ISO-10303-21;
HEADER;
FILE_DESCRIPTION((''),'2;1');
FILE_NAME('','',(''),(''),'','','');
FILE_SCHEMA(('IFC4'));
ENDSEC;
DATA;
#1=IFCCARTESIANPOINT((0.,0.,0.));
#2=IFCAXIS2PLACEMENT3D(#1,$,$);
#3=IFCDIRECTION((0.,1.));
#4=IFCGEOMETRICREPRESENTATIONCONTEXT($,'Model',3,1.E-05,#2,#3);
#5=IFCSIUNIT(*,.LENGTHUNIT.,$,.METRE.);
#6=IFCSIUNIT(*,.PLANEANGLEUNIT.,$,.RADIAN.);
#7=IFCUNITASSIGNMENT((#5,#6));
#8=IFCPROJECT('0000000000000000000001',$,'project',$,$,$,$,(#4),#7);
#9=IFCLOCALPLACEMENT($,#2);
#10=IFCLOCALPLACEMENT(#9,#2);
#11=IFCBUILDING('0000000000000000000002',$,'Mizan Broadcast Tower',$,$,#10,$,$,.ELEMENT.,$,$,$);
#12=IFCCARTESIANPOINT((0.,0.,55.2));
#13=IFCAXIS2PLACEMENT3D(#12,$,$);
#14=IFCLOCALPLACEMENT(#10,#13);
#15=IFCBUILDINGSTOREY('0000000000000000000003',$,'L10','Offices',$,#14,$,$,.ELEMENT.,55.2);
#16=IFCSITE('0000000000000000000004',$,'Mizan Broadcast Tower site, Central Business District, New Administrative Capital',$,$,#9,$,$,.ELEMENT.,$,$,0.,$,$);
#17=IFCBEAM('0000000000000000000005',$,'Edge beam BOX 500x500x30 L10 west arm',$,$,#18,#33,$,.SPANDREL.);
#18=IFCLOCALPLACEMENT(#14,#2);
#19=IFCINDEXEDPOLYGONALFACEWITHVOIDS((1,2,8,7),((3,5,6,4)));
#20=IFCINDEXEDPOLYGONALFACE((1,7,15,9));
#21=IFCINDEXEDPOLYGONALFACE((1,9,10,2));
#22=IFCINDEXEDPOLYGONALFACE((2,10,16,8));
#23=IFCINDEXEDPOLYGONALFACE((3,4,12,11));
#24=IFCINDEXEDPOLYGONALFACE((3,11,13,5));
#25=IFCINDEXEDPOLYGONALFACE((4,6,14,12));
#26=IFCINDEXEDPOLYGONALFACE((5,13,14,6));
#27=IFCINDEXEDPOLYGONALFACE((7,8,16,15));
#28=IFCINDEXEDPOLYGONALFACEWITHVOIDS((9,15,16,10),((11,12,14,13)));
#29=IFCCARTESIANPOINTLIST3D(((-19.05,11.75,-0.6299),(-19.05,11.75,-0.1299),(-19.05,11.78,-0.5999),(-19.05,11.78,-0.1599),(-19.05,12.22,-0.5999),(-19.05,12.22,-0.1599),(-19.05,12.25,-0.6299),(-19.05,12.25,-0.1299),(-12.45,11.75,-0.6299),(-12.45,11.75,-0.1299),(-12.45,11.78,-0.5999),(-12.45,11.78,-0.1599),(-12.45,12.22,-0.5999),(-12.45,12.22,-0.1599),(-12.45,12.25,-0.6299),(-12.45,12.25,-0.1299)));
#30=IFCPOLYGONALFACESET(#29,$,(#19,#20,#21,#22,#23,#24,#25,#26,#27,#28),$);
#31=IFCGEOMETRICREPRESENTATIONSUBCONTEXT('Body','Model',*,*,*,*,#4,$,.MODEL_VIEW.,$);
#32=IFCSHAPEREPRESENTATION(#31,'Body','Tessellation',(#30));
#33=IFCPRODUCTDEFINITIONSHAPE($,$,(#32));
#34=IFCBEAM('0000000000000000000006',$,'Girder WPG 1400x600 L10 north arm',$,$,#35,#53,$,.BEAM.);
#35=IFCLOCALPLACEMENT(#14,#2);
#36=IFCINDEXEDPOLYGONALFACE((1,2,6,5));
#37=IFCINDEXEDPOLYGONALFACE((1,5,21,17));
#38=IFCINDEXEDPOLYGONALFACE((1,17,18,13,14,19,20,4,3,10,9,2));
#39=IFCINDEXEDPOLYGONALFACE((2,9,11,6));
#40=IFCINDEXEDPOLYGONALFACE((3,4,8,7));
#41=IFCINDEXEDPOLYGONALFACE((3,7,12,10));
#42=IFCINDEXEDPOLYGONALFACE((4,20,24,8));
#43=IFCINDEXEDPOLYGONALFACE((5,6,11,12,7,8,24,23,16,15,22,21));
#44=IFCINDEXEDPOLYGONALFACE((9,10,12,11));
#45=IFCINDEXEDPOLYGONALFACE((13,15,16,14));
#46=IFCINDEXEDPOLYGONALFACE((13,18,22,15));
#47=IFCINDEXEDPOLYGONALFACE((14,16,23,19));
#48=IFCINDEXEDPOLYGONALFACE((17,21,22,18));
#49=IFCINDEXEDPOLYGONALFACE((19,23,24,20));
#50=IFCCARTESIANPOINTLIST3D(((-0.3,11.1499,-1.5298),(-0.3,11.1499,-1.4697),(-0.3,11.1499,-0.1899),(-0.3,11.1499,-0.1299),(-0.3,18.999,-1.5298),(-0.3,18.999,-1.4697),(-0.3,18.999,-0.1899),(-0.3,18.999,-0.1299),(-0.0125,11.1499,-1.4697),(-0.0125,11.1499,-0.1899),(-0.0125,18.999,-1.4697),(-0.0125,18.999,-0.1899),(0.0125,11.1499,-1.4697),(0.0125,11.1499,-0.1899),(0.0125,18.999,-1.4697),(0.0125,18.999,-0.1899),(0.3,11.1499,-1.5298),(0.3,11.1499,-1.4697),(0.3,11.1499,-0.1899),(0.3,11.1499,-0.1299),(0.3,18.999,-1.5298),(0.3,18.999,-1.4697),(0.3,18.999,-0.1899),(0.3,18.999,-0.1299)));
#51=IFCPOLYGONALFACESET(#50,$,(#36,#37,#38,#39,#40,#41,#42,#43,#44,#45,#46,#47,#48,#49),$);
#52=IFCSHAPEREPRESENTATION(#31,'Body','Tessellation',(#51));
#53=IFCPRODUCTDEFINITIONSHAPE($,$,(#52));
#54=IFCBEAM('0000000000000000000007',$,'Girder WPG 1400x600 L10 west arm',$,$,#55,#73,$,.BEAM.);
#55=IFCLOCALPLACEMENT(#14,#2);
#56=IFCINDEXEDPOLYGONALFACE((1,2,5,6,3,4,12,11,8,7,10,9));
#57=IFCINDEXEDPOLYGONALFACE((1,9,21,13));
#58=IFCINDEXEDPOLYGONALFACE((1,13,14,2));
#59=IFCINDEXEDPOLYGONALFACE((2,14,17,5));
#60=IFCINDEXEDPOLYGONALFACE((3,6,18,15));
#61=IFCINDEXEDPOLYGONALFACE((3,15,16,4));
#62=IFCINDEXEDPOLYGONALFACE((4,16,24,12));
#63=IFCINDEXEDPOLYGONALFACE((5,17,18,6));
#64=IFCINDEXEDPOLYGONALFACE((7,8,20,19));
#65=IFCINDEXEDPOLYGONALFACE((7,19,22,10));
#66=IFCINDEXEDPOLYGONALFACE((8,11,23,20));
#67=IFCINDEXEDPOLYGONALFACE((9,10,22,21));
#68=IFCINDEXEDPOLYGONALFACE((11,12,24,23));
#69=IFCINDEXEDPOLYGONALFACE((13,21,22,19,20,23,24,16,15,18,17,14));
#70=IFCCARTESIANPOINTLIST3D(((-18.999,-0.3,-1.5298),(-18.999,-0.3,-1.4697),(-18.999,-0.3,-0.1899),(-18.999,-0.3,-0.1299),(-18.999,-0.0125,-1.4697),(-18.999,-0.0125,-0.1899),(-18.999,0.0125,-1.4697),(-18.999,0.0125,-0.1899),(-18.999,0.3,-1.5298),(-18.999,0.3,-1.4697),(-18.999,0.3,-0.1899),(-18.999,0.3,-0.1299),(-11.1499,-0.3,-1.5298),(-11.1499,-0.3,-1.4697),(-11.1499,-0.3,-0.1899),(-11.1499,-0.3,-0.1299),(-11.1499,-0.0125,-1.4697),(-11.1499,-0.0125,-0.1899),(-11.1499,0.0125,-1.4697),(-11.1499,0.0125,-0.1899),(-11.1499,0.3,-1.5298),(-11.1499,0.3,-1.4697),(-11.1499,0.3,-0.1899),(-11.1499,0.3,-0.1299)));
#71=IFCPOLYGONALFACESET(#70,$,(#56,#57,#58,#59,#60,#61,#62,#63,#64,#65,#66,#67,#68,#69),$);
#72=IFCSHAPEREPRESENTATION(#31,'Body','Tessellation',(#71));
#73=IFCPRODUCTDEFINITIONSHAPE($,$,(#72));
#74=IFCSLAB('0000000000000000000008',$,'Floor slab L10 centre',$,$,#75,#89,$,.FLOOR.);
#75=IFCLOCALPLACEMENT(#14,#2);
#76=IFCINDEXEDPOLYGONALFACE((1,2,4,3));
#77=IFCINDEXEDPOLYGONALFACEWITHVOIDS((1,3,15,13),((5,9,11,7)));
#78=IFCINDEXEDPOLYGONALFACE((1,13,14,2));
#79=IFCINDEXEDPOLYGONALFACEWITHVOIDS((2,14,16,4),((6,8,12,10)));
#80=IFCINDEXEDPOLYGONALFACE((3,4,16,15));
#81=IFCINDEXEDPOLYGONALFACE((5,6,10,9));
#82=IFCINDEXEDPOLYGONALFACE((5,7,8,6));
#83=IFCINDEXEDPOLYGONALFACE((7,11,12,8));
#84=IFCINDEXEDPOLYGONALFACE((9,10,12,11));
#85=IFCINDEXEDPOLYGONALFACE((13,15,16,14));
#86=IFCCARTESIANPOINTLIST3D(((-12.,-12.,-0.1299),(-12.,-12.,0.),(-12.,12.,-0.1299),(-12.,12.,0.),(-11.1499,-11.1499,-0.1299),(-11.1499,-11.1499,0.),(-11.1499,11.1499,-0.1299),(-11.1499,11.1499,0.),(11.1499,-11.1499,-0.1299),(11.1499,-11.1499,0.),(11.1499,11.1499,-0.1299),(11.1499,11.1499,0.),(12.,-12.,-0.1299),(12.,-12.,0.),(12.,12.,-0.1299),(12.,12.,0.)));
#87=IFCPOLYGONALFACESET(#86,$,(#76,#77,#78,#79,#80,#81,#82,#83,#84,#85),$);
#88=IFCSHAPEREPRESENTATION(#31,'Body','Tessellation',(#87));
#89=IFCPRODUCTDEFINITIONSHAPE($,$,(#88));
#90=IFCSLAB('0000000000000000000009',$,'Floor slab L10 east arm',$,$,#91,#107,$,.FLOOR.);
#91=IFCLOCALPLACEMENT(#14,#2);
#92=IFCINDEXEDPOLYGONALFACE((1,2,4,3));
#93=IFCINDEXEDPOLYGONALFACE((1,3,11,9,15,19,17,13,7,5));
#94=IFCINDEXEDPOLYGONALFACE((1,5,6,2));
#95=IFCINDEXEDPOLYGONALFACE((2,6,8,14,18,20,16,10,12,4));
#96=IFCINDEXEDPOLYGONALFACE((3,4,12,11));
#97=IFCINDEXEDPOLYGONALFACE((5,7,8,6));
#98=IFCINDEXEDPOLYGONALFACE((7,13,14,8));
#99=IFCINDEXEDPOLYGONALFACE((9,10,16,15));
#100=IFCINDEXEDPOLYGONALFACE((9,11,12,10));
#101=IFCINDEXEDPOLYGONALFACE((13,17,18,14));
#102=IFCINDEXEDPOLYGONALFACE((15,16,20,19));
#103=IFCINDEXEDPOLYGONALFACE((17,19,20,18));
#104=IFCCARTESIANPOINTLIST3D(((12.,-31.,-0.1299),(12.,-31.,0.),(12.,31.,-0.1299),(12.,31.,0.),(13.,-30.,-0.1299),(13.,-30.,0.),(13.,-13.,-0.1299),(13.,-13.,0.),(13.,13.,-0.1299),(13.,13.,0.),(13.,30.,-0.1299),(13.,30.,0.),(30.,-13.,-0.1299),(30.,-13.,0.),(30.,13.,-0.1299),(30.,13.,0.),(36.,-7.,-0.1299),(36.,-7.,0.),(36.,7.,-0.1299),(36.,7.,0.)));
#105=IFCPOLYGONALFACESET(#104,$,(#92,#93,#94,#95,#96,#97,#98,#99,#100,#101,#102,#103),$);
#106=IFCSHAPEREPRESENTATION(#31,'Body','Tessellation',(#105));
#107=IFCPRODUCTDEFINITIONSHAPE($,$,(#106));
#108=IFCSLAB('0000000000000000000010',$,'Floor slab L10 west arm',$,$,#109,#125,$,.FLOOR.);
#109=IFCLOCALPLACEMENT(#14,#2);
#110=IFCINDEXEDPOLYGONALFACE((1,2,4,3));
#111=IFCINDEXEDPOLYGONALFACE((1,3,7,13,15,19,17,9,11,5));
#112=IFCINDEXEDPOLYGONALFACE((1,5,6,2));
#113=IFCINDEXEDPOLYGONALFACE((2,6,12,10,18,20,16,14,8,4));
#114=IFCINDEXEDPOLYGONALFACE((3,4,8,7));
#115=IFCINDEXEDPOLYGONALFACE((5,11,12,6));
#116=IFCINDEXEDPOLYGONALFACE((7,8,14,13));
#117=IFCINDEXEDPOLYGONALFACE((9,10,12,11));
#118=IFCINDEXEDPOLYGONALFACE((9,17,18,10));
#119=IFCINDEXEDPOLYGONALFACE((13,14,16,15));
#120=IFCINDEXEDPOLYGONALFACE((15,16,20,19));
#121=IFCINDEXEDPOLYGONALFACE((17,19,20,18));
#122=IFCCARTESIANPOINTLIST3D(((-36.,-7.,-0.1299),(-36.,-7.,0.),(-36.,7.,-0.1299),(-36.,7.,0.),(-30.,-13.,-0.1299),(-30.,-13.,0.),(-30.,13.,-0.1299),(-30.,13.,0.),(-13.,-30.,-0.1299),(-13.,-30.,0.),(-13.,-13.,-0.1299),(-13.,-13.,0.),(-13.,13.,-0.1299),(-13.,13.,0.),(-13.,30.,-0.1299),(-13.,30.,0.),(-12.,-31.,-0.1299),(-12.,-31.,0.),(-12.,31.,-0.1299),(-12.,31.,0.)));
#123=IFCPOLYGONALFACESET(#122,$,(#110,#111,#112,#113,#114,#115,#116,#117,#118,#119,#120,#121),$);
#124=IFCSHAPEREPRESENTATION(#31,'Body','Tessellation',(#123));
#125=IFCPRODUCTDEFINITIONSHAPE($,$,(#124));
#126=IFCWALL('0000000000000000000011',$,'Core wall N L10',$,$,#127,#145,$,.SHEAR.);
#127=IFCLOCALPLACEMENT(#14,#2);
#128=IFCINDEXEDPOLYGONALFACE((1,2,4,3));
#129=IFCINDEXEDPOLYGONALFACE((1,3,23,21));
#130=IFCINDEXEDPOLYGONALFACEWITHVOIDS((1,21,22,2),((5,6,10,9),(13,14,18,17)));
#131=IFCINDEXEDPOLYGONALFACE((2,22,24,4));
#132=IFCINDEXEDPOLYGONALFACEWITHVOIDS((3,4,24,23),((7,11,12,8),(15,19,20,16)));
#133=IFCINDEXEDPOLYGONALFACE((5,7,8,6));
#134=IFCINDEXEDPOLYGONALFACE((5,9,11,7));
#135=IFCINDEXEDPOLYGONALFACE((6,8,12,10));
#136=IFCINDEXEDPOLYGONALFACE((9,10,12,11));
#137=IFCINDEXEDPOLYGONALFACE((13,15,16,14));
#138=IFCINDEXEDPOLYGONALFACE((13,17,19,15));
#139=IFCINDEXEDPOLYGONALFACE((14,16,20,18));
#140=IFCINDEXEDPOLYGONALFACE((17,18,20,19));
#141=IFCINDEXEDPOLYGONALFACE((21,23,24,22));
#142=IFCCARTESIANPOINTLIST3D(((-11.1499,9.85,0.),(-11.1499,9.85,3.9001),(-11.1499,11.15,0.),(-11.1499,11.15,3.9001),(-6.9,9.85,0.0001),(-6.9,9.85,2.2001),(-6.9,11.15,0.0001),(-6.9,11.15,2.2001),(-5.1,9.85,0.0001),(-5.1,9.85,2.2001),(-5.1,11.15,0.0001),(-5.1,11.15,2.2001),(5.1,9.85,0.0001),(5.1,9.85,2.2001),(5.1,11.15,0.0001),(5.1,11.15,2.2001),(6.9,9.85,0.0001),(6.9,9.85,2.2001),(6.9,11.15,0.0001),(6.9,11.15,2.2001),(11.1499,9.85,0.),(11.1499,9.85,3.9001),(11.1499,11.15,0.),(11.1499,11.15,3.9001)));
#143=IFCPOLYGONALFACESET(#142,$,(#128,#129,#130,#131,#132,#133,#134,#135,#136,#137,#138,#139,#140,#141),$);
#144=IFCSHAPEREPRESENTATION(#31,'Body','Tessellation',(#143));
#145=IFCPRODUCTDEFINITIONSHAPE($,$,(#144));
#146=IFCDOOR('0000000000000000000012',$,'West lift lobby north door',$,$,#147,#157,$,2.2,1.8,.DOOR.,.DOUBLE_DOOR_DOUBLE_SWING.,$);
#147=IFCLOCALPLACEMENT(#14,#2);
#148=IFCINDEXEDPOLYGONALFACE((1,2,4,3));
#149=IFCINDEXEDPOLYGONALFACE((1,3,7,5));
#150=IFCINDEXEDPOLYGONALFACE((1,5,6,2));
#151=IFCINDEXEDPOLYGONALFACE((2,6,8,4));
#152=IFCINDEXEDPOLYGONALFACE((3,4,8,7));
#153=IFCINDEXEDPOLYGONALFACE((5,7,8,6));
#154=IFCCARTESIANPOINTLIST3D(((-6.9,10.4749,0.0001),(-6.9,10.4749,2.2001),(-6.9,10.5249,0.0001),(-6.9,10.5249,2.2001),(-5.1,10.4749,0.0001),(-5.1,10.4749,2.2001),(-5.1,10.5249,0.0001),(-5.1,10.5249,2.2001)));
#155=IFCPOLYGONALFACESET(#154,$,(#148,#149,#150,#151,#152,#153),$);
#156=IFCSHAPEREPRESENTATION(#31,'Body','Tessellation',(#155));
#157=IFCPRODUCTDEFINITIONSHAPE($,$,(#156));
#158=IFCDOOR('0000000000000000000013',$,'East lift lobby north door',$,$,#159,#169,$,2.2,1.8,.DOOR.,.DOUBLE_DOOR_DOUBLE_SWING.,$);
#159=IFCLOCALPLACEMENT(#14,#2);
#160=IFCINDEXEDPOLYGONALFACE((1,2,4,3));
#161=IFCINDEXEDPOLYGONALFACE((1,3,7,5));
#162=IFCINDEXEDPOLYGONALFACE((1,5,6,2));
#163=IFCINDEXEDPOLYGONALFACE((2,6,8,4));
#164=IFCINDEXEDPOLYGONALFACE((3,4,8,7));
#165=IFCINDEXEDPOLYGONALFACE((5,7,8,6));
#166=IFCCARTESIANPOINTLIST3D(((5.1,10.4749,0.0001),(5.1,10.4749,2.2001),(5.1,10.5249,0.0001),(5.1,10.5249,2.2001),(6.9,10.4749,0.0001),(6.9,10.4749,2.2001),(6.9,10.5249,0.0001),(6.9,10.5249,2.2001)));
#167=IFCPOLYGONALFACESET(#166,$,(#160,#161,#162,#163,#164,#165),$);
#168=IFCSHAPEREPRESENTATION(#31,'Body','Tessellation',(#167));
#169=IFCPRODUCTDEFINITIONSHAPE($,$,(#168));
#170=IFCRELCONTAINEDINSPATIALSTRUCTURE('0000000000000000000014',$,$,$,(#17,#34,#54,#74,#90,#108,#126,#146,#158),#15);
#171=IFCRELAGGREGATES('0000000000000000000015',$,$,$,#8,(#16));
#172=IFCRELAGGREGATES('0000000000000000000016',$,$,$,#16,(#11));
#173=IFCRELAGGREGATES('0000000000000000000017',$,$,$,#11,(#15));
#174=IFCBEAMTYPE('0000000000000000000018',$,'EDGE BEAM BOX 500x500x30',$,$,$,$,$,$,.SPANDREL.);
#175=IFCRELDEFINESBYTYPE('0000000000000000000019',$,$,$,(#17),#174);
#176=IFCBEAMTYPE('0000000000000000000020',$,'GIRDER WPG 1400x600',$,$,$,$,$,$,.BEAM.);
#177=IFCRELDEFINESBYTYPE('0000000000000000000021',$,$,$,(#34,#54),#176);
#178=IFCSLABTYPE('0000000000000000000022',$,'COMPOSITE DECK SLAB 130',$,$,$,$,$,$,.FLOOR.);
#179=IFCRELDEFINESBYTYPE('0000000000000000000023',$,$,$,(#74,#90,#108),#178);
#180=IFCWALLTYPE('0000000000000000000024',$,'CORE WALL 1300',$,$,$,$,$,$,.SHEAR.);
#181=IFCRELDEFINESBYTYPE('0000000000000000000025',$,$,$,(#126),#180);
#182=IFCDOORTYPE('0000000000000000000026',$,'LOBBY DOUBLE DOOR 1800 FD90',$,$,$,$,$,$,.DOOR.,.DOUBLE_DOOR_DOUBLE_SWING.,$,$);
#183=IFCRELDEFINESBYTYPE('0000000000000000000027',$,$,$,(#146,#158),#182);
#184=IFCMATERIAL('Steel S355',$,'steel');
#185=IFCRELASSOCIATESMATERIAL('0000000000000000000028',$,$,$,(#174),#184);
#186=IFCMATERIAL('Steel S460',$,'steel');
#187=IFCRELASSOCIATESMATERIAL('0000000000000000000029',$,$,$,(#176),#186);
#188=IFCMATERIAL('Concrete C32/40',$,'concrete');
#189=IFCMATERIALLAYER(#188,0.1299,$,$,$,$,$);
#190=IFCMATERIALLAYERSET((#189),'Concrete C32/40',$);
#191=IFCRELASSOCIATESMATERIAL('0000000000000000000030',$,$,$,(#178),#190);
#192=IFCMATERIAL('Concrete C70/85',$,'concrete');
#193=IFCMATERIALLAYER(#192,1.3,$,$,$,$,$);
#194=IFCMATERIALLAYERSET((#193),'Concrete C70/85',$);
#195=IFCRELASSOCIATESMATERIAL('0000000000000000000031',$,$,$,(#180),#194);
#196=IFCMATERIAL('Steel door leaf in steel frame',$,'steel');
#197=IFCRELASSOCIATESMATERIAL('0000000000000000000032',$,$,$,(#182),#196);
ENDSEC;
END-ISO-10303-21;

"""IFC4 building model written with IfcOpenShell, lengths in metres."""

from ifc_helpers import new_model, si_unit, direction, frame, frame_2d, origin, origin_2d, place, context, subcontext, project, spatial, polyline, rectangle, hollow_rectangle, i_section, outline, extrude, material, layer, layer_set, material_profile, profile_set, type_object, element, fill, save


model = new_model("IFC4")

# Units and contexts
model_context = context("Model", 3, precision=1e-05, world=origin(), true_north=direction((0.0, 1.0)))
body_context = subcontext(model_context, "Body", "Model", "MODEL_VIEW")
ifc_project = project(units=[si_unit("LENGTHUNIT", "METRE"), si_unit("PLANEANGLEUNIT", "RADIAN")], contexts=[model_context])

# Site, building, storey
site_placement = place(None, origin())
site = spatial("IfcSite", under=ifc_project, at=site_placement, Name="Mizan Broadcast Tower site, Central Business District, New Administrative Capital", CompositionType="ELEMENT", RefElevation=0.0)
building_placement = place(site_placement, origin())
building = spatial("IfcBuilding", under=site, at=building_placement, Name="Mizan Broadcast Tower", CompositionType="ELEMENT")
storey_placement = place(building_placement, frame((0.0, 0.0, 55.2)))
storey = spatial("IfcBuildingStorey", under=building, at=storey_placement, Name="L10", Description="Offices", CompositionType="ELEMENT", Elevation=55.2)

# Beams
ifc_material_1 = material(Name="Steel S355", Category="steel")
ifc_material_profile_1 = material_profile(ifc_material_1, hollow_rectangle(XDim=0.5, YDim=0.5, WallThickness=0.03, at=origin_2d()), Name="BOX 500x500x30")
ifc_profile_set_1 = profile_set([ifc_material_profile_1], Name="Steel S355")
beam_type_1 = type_object("IfcBeamType", Name="EDGE BEAM BOX 500x500x30", PredefinedType="SPANDREL", material=ifc_profile_set_1)
beam_placement = place(storey_placement, frame((-12.45, 12.0, -0.3799), z_axis=(-1.0, 0.0, 0.0), x_axis=(0.0, -1.0, 0.0)))
element("IfcBeam", 1, at=beam_placement, inside=storey, type_object=beam_type_1, Name="Edge beam BOX 500x500x30 L10 west arm", PredefinedType="SPANDREL", context=body_context, shape_type="SweptSolid", body=[
    extrude(hollow_rectangle(XDim=0.5, YDim=0.5, WallThickness=0.03, at=origin_2d()), origin(), (0.0, 0.0, 1.0), 6.6001),
])
ifc_material_2 = material(Name="Steel S460", Category="steel")
ifc_material_profile_2 = material_profile(ifc_material_2, i_section(OverallWidth=0.6001, OverallDepth=1.3999, WebThickness=0.0249, FlangeThickness=0.0601, at=origin_2d()), Name="WPG 1400x600")
ifc_profile_set_2 = profile_set([ifc_material_profile_2], Name="Steel S460")
beam_type_2 = type_object("IfcBeamType", Name="GIRDER WPG 1400x600", PredefinedType="BEAM", material=ifc_profile_set_2)
for number, where, z_axis, x_axis, name in (
    (2, (0.0, 11.1499, -0.8298), (0.0, 1.0, 0.0), (-1.0, 0.0, 0.0), "Girder WPG 1400x600 L10 north arm"),
    (3, (-11.1499, 0.0, -0.8298), (-1.0, 0.0, 0.0), (0.0, -1.0, 0.0), "Girder WPG 1400x600 L10 west arm"),
):
    element("IfcBeam", number, at=place(storey_placement, frame(where, z_axis=z_axis, x_axis=x_axis)), inside=storey, type_object=beam_type_2, Name=name, PredefinedType="BEAM", context=body_context, shape_type="SweptSolid", body=[
        extrude(i_section(OverallWidth=0.6001, OverallDepth=1.3999, WebThickness=0.0249, FlangeThickness=0.0601, at=origin_2d()), origin(), (0.0, 0.0, 1.0), 7.8491),
    ])

# Slabs
ifc_material_3 = material(Name="Concrete C32/40", Category="concrete")
ifc_layer_1 = layer(ifc_material_3, 0.1299)
ifc_layer_set_1 = layer_set([ifc_layer_1], Name="Concrete C32/40")
slab_type = type_object("IfcSlabType", Name="COMPOSITE DECK SLAB 130", PredefinedType="FLOOR", material=ifc_layer_set_1)
slab_1_placement = place(storey_placement, frame((0.0, 0.0, -0.1299)))
element("IfcSlab", 4, at=slab_1_placement, inside=storey, type_object=slab_type, Name="Floor slab L10 centre", PredefinedType="FLOOR", context=body_context, shape_type="SweptSolid", body=[
    extrude(outline(polyline([(-12.0, -12.0), (12.0, -12.0), (12.0, 12.0), (-12.0, 12.0), (-12.0, -12.0)]), holes=[polyline([(-11.1499, 11.1499), (11.1499, 11.1499), (11.1499, -11.1499), (-11.1499, -11.1499), (-11.1499, 11.1499)])]), origin(), (0.0, 0.0, 1.0), 0.1299),
])
slab_2_placement = place(storey_placement, frame((0.0, 0.0, -0.1299)))
element("IfcSlab", 5, at=slab_2_placement, inside=storey, type_object=slab_type, Name="Floor slab L10 east arm", PredefinedType="FLOOR", context=body_context, shape_type="SweptSolid", body=[
    extrude(outline(polyline([(12.0, -31.0), (13.0, -30.0), (13.0, -13.0), (30.0, -13.0), (36.0, -7.0), (36.0, 7.0), (30.0, 13.0), (13.0, 13.0), (13.0, 30.0), (12.0, 31.0), (12.0, -31.0)])), origin(), (0.0, 0.0, 1.0), 0.1299),
])
slab_3_placement = place(storey_placement, frame((0.0, 0.0, -0.1299)))
element("IfcSlab", 6, at=slab_3_placement, inside=storey, type_object=slab_type, Name="Floor slab L10 west arm", PredefinedType="FLOOR", context=body_context, shape_type="SweptSolid", body=[
    extrude(outline(polyline([(-13.0, -30.0), (-12.0, -31.0), (-12.0, 31.0), (-13.0, 30.0), (-13.0, 13.0), (-30.0, 13.0), (-36.0, 7.0), (-36.0, -7.0), (-30.0, -13.0), (-13.0, -13.0), (-13.0, -30.0)])), origin(), (0.0, 0.0, 1.0), 0.1299),
])

# Wall, openings, doors
ifc_material_4 = material(Name="Concrete C70/85", Category="concrete")
ifc_layer_2 = layer(ifc_material_4, 1.3)
ifc_layer_set_2 = layer_set([ifc_layer_2], Name="Concrete C70/85")
wall_type_1 = type_object("IfcWallType", Name="CORE WALL 1300", PredefinedType="SHEAR", material=ifc_layer_set_2)
wall_1_placement = place(storey_placement, frame((-11.1499, 10.5, 0.0), z_axis=(0.0, 0.0, 1.0), x_axis=(1.0, 0.0, 0.0)))
wall_1 = element("IfcWall", 7, at=wall_1_placement, inside=storey, type_object=wall_type_1, Name="Core wall N L10", PredefinedType="SHEAR", context=body_context, shape_type="SweptSolid", body=[
    extrude(rectangle(XDim=22.2998, YDim=1.3, at=frame_2d((11.1499, 0.0))), origin(), (0.0, 0.0, 1.0), 3.9001),
])
opening_1_placement = place(wall_1_placement, frame((4.25, 0.0, 0.0)))
opening_1 = element("IfcOpeningElement", 8, at=opening_1_placement, cuts=wall_1, PredefinedType="OPENING", context=body_context, shape_type="SweptSolid", body=[
    extrude(rectangle(XDim=1.8, YDim=2.2, at=frame_2d((0.8999, 1.1001))), frame((0.0, 0.6599, 0.0), z_axis=(0.0, -1.0, 0.0), x_axis=(1.0, 0.0, 0.0)), (0.0, 0.0, 1.0), 1.3201),
])
opening_2_placement = place(wall_1_placement, frame((16.25, 0.0, 0.0)))
opening_2 = element("IfcOpeningElement", 9, at=opening_2_placement, cuts=wall_1, PredefinedType="OPENING", context=body_context, shape_type="SweptSolid", body=[
    extrude(rectangle(XDim=1.8, YDim=2.2, at=frame_2d((0.8999, 1.1001))), frame((0.0, 0.6599, 0.0), z_axis=(0.0, -1.0, 0.0), x_axis=(1.0, 0.0, 0.0)), (0.0, 0.0, 1.0), 1.3201),
])
ifc_material_5 = material(Name="Steel door leaf in steel frame", Category="steel")
door_type_1 = type_object("IfcDoorType", Name="LOBBY DOUBLE DOOR 1800 FD90", OperationType="DOUBLE_DOOR_DOUBLE_SWING", PredefinedType="DOOR", material=ifc_material_5)
door_1_placement = place(opening_1_placement, origin())
door_1 = element("IfcDoor", 10, at=door_1_placement, inside=storey, type_object=door_type_1, Name="West lift lobby north door", OperationType="DOUBLE_DOOR_DOUBLE_SWING", OverallHeight=2.2, OverallWidth=1.8, PredefinedType="DOOR", context=body_context, shape_type="SweptSolid", body=[
    extrude(rectangle(XDim=1.8, YDim=2.2, at=frame_2d((0.8999, 1.1001))), frame((0.0, 0.0249, 0.0), z_axis=(0.0, -1.0, 0.0), x_axis=(1.0, 0.0, 0.0)), (0.0, 0.0, 1.0), 0.05),
])
fill(opening_1, door_1)
door_2_placement = place(opening_2_placement, origin())
door_2 = element("IfcDoor", 11, at=door_2_placement, inside=storey, type_object=door_type_1, Name="East lift lobby north door", OperationType="DOUBLE_DOOR_DOUBLE_SWING", OverallHeight=2.2, OverallWidth=1.8, PredefinedType="DOOR", context=body_context, shape_type="SweptSolid", body=[
    extrude(rectangle(XDim=1.8, YDim=2.2, at=frame_2d((0.8999, 1.1001))), frame((0.0, 0.0249, 0.0), z_axis=(0.0, -1.0, 0.0), x_axis=(1.0, 0.0, 0.0)), (0.0, 0.0, 1.0), 0.05),
])
fill(opening_2, door_2)

save(model, "model.ifc")
